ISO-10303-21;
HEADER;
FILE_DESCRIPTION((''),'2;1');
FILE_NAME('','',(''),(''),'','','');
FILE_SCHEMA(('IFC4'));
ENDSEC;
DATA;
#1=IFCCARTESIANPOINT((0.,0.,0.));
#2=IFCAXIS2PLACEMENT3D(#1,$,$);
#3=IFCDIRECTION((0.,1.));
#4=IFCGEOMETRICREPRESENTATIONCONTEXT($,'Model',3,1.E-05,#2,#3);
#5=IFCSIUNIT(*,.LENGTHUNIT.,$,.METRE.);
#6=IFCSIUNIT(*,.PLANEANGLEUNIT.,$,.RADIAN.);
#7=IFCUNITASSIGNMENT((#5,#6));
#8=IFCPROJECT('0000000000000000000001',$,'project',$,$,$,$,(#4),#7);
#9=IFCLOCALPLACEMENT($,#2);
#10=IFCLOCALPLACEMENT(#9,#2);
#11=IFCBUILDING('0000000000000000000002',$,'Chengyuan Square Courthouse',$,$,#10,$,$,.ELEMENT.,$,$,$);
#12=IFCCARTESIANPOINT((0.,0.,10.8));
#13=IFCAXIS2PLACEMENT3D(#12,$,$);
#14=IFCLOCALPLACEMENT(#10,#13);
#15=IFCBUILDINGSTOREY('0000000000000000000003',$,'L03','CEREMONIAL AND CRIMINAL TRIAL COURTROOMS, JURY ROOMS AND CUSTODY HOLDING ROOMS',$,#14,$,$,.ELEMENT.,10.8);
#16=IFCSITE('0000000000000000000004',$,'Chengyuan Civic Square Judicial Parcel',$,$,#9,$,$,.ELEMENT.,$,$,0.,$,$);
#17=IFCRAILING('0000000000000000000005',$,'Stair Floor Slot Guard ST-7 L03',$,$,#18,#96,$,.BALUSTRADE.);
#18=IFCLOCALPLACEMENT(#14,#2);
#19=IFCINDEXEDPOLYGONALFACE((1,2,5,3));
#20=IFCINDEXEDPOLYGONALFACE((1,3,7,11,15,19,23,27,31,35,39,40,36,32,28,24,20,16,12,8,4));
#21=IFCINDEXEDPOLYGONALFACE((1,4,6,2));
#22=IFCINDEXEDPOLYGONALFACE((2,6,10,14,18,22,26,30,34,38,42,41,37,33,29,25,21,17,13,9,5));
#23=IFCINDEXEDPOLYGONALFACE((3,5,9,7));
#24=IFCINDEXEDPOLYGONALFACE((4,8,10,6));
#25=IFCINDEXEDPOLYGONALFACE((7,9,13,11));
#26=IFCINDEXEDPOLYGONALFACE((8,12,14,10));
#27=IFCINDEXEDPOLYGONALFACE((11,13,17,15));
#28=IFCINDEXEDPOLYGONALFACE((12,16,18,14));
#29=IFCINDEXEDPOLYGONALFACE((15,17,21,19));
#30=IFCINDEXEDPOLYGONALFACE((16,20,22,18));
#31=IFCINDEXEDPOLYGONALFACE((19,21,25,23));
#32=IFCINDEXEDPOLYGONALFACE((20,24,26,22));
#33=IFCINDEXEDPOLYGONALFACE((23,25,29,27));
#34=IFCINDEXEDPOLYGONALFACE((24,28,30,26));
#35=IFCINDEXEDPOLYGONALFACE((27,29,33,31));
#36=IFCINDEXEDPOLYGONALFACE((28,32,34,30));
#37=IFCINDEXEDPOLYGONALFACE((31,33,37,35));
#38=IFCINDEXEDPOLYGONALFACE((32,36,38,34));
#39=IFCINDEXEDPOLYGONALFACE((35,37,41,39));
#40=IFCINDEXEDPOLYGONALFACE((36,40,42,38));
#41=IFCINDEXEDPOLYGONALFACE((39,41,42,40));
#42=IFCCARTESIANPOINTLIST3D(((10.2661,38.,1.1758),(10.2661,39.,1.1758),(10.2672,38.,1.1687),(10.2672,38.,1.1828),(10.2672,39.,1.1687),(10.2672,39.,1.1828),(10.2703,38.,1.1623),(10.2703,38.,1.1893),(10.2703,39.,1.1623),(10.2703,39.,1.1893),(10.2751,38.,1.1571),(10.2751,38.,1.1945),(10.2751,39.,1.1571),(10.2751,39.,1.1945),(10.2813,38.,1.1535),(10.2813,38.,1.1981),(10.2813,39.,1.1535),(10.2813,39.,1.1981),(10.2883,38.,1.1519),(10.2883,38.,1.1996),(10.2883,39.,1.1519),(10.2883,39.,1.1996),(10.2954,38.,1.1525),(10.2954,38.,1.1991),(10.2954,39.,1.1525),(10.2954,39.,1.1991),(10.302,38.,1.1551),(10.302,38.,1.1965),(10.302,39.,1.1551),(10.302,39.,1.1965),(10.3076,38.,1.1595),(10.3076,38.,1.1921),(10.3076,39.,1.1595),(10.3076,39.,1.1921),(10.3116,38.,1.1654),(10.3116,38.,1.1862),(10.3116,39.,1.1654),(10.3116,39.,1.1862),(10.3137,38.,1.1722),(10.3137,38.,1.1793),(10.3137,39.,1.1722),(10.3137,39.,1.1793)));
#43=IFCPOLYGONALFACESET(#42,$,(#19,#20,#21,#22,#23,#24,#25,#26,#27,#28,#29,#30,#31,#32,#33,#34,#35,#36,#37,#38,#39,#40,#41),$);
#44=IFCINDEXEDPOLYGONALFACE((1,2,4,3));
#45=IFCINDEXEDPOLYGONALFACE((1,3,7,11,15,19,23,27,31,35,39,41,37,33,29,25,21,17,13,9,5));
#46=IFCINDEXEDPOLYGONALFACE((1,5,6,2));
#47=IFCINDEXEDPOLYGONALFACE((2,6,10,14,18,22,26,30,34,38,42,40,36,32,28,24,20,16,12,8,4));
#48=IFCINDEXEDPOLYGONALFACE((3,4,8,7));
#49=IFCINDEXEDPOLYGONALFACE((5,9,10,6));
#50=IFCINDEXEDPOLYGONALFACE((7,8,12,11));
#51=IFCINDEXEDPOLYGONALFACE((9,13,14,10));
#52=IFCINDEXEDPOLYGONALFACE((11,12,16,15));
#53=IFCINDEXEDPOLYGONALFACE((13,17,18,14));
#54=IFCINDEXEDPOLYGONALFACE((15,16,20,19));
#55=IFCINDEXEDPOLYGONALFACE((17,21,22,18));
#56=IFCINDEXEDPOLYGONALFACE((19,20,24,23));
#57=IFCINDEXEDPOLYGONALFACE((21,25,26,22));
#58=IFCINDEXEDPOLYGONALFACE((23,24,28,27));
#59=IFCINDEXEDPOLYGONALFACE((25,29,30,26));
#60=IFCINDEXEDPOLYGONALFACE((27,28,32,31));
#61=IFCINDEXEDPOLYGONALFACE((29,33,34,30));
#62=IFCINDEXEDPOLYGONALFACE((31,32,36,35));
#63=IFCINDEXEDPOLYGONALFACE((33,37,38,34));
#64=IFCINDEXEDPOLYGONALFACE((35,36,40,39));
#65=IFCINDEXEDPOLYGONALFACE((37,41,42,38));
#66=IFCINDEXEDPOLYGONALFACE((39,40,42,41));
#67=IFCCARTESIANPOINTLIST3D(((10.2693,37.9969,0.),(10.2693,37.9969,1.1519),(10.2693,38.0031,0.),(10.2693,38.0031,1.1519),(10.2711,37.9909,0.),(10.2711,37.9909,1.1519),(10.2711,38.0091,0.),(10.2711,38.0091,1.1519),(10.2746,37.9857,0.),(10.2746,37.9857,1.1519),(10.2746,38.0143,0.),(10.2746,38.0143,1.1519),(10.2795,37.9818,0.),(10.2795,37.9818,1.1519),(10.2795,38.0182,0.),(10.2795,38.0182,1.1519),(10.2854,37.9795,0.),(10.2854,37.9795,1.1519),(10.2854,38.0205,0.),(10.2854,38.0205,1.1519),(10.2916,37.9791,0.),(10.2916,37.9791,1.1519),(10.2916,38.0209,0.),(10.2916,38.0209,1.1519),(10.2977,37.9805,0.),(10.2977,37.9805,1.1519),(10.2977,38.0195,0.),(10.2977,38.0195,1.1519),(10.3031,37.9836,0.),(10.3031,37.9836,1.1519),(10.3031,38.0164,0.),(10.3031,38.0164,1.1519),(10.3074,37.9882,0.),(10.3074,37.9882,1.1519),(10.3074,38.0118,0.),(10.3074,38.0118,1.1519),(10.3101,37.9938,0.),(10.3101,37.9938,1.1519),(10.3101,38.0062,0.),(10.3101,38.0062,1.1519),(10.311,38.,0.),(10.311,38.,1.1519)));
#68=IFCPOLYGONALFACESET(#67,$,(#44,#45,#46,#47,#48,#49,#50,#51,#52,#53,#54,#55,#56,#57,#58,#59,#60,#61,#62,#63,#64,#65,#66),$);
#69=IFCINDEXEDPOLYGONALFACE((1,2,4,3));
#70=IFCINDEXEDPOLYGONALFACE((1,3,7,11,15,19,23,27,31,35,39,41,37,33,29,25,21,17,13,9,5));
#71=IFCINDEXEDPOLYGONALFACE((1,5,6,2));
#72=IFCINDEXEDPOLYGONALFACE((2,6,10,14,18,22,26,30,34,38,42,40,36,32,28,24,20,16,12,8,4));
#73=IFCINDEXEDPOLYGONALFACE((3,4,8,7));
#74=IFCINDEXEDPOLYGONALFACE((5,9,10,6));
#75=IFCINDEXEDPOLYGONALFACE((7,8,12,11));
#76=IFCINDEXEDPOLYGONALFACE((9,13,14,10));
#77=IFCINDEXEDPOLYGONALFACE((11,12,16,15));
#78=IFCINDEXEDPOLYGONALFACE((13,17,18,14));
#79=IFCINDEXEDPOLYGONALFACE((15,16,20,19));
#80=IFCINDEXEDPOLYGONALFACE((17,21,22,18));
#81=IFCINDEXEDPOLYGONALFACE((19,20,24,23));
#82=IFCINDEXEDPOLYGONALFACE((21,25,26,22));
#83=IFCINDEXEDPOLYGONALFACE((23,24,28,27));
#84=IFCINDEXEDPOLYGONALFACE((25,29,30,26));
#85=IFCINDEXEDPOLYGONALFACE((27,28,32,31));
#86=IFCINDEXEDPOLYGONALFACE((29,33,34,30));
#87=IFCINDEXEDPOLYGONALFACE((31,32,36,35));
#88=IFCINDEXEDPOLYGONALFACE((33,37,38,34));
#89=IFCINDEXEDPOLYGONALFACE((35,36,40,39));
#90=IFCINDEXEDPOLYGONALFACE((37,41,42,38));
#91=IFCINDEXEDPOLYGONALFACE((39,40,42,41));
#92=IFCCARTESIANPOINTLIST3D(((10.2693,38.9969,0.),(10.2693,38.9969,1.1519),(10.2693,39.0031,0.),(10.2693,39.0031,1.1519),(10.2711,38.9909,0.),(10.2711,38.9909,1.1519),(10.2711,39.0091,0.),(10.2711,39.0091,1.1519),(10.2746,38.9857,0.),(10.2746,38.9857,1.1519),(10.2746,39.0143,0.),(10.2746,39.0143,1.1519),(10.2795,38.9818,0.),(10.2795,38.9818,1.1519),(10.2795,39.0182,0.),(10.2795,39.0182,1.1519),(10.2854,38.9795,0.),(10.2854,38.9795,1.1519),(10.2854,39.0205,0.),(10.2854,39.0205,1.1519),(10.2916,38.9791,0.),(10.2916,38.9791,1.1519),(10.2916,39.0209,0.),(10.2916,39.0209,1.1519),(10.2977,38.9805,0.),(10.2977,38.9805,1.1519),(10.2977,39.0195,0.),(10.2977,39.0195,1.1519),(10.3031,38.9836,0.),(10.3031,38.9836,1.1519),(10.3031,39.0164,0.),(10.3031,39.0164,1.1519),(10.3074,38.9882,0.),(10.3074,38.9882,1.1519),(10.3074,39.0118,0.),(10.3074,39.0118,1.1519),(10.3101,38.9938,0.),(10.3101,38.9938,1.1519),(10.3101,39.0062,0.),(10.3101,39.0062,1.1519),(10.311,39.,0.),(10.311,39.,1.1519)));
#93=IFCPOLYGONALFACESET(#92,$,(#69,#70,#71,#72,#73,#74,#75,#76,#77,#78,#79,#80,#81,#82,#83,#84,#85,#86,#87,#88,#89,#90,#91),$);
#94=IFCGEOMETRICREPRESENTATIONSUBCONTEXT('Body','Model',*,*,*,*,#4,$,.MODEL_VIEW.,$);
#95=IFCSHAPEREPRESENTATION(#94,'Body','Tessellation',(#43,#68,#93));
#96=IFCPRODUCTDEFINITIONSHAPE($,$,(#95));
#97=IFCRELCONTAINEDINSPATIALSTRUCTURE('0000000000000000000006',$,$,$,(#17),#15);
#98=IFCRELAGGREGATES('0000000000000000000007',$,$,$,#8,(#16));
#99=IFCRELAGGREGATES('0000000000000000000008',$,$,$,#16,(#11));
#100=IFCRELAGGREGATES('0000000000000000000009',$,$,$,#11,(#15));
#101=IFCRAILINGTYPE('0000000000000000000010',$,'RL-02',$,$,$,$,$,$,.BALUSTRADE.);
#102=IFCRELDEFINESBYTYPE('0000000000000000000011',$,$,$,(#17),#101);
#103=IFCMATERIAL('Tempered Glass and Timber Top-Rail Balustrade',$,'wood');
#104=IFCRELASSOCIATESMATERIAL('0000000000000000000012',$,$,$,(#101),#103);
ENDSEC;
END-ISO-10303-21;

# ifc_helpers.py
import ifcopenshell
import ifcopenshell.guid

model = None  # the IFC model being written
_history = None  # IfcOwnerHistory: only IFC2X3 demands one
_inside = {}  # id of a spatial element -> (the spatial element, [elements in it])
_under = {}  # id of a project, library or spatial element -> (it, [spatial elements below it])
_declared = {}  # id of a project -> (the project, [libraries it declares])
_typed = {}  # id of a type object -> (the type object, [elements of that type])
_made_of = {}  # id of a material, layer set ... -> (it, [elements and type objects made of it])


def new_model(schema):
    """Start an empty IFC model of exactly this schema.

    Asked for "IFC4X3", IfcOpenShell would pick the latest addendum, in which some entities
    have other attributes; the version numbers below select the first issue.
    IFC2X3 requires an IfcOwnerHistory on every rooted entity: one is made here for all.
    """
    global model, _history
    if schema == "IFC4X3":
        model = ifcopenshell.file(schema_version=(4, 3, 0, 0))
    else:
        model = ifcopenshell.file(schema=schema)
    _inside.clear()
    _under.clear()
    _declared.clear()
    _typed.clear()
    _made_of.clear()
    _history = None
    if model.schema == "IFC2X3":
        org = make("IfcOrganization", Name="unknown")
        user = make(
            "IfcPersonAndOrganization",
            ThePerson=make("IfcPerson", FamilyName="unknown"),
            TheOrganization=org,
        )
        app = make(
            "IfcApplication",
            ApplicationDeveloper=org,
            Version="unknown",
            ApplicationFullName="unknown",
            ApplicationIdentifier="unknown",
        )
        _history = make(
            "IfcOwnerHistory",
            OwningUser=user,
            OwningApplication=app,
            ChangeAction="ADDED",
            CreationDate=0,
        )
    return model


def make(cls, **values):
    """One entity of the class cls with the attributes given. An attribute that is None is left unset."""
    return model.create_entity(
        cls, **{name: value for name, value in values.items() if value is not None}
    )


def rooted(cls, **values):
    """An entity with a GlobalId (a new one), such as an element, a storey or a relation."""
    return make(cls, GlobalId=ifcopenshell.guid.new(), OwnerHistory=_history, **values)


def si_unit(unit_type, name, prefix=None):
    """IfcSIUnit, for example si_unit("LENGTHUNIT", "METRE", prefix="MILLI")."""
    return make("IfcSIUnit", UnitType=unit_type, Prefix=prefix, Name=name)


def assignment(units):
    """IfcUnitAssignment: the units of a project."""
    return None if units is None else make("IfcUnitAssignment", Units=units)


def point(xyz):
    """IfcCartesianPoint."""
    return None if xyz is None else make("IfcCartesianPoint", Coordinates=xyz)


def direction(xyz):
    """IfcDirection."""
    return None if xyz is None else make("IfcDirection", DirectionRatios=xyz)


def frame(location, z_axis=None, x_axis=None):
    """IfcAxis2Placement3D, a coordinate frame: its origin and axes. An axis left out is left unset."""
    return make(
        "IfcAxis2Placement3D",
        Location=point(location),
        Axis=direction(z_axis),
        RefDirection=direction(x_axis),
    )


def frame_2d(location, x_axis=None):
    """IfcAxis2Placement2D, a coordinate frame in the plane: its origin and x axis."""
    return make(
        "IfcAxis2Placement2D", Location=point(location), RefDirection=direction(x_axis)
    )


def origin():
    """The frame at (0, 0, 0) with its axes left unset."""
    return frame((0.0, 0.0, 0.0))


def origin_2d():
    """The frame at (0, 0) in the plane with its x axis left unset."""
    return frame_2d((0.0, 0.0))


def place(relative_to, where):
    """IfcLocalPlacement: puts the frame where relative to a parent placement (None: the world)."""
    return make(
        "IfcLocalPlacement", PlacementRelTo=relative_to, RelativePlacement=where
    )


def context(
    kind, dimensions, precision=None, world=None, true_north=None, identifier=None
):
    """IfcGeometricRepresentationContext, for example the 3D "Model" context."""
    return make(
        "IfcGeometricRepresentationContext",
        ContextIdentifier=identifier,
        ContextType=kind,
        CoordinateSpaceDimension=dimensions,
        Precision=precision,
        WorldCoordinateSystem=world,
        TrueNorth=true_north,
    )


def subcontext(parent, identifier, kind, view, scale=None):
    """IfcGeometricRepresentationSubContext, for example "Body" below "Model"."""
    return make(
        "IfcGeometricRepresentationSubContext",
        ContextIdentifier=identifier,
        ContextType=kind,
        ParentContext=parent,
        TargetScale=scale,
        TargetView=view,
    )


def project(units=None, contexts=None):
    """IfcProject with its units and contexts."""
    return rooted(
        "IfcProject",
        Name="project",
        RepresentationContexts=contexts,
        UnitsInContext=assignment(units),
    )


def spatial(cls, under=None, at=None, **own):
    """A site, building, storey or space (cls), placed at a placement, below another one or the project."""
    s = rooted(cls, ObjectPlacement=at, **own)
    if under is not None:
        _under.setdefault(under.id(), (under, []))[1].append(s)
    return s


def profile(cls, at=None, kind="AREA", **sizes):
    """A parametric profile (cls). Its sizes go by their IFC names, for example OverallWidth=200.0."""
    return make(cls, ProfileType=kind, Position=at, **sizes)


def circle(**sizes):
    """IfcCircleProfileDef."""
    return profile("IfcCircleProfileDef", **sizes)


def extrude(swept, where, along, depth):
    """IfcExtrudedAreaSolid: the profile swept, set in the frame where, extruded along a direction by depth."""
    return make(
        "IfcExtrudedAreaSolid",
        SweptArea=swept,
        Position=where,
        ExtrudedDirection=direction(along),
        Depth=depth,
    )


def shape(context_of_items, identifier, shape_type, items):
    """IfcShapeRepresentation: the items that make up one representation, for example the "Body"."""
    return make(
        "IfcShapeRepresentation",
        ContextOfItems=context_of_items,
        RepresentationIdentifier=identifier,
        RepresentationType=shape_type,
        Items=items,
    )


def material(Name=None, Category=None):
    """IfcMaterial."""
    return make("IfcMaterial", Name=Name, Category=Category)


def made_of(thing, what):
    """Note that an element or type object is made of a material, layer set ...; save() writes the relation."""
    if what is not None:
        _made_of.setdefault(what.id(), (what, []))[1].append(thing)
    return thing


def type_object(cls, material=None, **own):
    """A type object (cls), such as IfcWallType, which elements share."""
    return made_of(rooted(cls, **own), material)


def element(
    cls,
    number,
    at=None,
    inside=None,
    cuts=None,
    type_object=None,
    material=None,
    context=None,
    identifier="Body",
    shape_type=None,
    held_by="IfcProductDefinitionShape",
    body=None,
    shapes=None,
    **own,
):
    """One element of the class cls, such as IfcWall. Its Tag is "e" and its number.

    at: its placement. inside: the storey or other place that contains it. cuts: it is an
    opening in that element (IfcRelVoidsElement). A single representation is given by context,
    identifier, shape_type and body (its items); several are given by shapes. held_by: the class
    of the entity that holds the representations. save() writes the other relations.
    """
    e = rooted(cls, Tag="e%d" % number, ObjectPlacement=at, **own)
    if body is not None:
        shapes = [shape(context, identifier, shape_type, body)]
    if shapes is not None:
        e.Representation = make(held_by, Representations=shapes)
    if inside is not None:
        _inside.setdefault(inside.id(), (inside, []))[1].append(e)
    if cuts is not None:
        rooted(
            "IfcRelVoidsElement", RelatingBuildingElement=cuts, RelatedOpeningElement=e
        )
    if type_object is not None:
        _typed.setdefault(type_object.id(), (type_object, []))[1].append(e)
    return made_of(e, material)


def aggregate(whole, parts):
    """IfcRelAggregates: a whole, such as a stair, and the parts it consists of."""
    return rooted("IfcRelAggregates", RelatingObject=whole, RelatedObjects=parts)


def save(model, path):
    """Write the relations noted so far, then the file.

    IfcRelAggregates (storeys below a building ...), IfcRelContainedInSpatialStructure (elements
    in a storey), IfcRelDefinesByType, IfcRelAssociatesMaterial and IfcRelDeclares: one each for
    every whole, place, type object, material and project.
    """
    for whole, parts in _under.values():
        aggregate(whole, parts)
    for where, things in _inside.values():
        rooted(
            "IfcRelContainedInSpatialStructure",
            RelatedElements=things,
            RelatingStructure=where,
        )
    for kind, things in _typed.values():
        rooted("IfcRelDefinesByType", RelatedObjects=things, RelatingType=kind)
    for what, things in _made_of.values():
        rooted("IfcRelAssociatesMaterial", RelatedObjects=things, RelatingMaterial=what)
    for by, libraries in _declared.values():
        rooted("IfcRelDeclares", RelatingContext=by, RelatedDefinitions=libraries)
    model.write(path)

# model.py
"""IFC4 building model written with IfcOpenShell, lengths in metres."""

from ifc_helpers import new_model, si_unit, direction, frame, origin, origin_2d, place, context, subcontext, project, spatial, circle, extrude, material, type_object, element, save


model = new_model("IFC4")

# Units and contexts
model_context = context("Model", 3, precision=1e-05, world=origin(), true_north=direction((0.0, 1.0)))
body_context = subcontext(model_context, "Body", "Model", "MODEL_VIEW")
ifc_project = project(units=[si_unit("LENGTHUNIT", "METRE"), si_unit("PLANEANGLEUNIT", "RADIAN")], contexts=[model_context])

# Site, building, storey
site_placement = place(None, origin())
site = spatial("IfcSite", under=ifc_project, at=site_placement, Name="Chengyuan Civic Square Judicial Parcel", CompositionType="ELEMENT", RefElevation=0.0)
building_placement = place(site_placement, origin())
building = spatial("IfcBuilding", under=site, at=building_placement, Name="Chengyuan Square Courthouse", CompositionType="ELEMENT")
storey_placement = place(building_placement, frame((0.0, 0.0, 10.8)))
storey = spatial("IfcBuildingStorey", under=building, at=storey_placement, Name="L03", Description="CEREMONIAL AND CRIMINAL TRIAL COURTROOMS, JURY ROOMS AND CUSTODY HOLDING ROOMS", CompositionType="ELEMENT", Elevation=10.8)

# Railing
ifc_material_1 = material(Name="Tempered Glass and Timber Top-Rail Balustrade", Category="wood")
railing_type_1 = type_object("IfcRailingType", Name="RL-02", PredefinedType="BALUSTRADE", material=ifc_material_1)
railing_1_placement = place(storey_placement, frame((10.29, 38.0, 0.0)))
element("IfcRailing", 1, at=railing_1_placement, inside=storey, type_object=railing_type_1, Name="Stair Floor Slot Guard ST-7 L03", PredefinedType="BALUSTRADE", context=body_context, shape_type="SweptSolid", body=[
    extrude(circle(Radius=0.0239, at=origin_2d()), frame((0.0, 0.0, 1.1758), z_axis=(0.0, 1.0, 0.0), x_axis=(-1.0, 0.0, 0.0)), (0.0, 0.0, 1.0), 1.0),
    extrude(circle(Radius=0.021, at=origin_2d()), origin(), (0.0, 0.0, 1.0), 1.1519),
    extrude(circle(Radius=0.021, at=origin_2d()), frame((0.0, 1.0, 0.0)), (0.0, 0.0, 1.0), 1.1519),
])

save(model, "model.ifc")
